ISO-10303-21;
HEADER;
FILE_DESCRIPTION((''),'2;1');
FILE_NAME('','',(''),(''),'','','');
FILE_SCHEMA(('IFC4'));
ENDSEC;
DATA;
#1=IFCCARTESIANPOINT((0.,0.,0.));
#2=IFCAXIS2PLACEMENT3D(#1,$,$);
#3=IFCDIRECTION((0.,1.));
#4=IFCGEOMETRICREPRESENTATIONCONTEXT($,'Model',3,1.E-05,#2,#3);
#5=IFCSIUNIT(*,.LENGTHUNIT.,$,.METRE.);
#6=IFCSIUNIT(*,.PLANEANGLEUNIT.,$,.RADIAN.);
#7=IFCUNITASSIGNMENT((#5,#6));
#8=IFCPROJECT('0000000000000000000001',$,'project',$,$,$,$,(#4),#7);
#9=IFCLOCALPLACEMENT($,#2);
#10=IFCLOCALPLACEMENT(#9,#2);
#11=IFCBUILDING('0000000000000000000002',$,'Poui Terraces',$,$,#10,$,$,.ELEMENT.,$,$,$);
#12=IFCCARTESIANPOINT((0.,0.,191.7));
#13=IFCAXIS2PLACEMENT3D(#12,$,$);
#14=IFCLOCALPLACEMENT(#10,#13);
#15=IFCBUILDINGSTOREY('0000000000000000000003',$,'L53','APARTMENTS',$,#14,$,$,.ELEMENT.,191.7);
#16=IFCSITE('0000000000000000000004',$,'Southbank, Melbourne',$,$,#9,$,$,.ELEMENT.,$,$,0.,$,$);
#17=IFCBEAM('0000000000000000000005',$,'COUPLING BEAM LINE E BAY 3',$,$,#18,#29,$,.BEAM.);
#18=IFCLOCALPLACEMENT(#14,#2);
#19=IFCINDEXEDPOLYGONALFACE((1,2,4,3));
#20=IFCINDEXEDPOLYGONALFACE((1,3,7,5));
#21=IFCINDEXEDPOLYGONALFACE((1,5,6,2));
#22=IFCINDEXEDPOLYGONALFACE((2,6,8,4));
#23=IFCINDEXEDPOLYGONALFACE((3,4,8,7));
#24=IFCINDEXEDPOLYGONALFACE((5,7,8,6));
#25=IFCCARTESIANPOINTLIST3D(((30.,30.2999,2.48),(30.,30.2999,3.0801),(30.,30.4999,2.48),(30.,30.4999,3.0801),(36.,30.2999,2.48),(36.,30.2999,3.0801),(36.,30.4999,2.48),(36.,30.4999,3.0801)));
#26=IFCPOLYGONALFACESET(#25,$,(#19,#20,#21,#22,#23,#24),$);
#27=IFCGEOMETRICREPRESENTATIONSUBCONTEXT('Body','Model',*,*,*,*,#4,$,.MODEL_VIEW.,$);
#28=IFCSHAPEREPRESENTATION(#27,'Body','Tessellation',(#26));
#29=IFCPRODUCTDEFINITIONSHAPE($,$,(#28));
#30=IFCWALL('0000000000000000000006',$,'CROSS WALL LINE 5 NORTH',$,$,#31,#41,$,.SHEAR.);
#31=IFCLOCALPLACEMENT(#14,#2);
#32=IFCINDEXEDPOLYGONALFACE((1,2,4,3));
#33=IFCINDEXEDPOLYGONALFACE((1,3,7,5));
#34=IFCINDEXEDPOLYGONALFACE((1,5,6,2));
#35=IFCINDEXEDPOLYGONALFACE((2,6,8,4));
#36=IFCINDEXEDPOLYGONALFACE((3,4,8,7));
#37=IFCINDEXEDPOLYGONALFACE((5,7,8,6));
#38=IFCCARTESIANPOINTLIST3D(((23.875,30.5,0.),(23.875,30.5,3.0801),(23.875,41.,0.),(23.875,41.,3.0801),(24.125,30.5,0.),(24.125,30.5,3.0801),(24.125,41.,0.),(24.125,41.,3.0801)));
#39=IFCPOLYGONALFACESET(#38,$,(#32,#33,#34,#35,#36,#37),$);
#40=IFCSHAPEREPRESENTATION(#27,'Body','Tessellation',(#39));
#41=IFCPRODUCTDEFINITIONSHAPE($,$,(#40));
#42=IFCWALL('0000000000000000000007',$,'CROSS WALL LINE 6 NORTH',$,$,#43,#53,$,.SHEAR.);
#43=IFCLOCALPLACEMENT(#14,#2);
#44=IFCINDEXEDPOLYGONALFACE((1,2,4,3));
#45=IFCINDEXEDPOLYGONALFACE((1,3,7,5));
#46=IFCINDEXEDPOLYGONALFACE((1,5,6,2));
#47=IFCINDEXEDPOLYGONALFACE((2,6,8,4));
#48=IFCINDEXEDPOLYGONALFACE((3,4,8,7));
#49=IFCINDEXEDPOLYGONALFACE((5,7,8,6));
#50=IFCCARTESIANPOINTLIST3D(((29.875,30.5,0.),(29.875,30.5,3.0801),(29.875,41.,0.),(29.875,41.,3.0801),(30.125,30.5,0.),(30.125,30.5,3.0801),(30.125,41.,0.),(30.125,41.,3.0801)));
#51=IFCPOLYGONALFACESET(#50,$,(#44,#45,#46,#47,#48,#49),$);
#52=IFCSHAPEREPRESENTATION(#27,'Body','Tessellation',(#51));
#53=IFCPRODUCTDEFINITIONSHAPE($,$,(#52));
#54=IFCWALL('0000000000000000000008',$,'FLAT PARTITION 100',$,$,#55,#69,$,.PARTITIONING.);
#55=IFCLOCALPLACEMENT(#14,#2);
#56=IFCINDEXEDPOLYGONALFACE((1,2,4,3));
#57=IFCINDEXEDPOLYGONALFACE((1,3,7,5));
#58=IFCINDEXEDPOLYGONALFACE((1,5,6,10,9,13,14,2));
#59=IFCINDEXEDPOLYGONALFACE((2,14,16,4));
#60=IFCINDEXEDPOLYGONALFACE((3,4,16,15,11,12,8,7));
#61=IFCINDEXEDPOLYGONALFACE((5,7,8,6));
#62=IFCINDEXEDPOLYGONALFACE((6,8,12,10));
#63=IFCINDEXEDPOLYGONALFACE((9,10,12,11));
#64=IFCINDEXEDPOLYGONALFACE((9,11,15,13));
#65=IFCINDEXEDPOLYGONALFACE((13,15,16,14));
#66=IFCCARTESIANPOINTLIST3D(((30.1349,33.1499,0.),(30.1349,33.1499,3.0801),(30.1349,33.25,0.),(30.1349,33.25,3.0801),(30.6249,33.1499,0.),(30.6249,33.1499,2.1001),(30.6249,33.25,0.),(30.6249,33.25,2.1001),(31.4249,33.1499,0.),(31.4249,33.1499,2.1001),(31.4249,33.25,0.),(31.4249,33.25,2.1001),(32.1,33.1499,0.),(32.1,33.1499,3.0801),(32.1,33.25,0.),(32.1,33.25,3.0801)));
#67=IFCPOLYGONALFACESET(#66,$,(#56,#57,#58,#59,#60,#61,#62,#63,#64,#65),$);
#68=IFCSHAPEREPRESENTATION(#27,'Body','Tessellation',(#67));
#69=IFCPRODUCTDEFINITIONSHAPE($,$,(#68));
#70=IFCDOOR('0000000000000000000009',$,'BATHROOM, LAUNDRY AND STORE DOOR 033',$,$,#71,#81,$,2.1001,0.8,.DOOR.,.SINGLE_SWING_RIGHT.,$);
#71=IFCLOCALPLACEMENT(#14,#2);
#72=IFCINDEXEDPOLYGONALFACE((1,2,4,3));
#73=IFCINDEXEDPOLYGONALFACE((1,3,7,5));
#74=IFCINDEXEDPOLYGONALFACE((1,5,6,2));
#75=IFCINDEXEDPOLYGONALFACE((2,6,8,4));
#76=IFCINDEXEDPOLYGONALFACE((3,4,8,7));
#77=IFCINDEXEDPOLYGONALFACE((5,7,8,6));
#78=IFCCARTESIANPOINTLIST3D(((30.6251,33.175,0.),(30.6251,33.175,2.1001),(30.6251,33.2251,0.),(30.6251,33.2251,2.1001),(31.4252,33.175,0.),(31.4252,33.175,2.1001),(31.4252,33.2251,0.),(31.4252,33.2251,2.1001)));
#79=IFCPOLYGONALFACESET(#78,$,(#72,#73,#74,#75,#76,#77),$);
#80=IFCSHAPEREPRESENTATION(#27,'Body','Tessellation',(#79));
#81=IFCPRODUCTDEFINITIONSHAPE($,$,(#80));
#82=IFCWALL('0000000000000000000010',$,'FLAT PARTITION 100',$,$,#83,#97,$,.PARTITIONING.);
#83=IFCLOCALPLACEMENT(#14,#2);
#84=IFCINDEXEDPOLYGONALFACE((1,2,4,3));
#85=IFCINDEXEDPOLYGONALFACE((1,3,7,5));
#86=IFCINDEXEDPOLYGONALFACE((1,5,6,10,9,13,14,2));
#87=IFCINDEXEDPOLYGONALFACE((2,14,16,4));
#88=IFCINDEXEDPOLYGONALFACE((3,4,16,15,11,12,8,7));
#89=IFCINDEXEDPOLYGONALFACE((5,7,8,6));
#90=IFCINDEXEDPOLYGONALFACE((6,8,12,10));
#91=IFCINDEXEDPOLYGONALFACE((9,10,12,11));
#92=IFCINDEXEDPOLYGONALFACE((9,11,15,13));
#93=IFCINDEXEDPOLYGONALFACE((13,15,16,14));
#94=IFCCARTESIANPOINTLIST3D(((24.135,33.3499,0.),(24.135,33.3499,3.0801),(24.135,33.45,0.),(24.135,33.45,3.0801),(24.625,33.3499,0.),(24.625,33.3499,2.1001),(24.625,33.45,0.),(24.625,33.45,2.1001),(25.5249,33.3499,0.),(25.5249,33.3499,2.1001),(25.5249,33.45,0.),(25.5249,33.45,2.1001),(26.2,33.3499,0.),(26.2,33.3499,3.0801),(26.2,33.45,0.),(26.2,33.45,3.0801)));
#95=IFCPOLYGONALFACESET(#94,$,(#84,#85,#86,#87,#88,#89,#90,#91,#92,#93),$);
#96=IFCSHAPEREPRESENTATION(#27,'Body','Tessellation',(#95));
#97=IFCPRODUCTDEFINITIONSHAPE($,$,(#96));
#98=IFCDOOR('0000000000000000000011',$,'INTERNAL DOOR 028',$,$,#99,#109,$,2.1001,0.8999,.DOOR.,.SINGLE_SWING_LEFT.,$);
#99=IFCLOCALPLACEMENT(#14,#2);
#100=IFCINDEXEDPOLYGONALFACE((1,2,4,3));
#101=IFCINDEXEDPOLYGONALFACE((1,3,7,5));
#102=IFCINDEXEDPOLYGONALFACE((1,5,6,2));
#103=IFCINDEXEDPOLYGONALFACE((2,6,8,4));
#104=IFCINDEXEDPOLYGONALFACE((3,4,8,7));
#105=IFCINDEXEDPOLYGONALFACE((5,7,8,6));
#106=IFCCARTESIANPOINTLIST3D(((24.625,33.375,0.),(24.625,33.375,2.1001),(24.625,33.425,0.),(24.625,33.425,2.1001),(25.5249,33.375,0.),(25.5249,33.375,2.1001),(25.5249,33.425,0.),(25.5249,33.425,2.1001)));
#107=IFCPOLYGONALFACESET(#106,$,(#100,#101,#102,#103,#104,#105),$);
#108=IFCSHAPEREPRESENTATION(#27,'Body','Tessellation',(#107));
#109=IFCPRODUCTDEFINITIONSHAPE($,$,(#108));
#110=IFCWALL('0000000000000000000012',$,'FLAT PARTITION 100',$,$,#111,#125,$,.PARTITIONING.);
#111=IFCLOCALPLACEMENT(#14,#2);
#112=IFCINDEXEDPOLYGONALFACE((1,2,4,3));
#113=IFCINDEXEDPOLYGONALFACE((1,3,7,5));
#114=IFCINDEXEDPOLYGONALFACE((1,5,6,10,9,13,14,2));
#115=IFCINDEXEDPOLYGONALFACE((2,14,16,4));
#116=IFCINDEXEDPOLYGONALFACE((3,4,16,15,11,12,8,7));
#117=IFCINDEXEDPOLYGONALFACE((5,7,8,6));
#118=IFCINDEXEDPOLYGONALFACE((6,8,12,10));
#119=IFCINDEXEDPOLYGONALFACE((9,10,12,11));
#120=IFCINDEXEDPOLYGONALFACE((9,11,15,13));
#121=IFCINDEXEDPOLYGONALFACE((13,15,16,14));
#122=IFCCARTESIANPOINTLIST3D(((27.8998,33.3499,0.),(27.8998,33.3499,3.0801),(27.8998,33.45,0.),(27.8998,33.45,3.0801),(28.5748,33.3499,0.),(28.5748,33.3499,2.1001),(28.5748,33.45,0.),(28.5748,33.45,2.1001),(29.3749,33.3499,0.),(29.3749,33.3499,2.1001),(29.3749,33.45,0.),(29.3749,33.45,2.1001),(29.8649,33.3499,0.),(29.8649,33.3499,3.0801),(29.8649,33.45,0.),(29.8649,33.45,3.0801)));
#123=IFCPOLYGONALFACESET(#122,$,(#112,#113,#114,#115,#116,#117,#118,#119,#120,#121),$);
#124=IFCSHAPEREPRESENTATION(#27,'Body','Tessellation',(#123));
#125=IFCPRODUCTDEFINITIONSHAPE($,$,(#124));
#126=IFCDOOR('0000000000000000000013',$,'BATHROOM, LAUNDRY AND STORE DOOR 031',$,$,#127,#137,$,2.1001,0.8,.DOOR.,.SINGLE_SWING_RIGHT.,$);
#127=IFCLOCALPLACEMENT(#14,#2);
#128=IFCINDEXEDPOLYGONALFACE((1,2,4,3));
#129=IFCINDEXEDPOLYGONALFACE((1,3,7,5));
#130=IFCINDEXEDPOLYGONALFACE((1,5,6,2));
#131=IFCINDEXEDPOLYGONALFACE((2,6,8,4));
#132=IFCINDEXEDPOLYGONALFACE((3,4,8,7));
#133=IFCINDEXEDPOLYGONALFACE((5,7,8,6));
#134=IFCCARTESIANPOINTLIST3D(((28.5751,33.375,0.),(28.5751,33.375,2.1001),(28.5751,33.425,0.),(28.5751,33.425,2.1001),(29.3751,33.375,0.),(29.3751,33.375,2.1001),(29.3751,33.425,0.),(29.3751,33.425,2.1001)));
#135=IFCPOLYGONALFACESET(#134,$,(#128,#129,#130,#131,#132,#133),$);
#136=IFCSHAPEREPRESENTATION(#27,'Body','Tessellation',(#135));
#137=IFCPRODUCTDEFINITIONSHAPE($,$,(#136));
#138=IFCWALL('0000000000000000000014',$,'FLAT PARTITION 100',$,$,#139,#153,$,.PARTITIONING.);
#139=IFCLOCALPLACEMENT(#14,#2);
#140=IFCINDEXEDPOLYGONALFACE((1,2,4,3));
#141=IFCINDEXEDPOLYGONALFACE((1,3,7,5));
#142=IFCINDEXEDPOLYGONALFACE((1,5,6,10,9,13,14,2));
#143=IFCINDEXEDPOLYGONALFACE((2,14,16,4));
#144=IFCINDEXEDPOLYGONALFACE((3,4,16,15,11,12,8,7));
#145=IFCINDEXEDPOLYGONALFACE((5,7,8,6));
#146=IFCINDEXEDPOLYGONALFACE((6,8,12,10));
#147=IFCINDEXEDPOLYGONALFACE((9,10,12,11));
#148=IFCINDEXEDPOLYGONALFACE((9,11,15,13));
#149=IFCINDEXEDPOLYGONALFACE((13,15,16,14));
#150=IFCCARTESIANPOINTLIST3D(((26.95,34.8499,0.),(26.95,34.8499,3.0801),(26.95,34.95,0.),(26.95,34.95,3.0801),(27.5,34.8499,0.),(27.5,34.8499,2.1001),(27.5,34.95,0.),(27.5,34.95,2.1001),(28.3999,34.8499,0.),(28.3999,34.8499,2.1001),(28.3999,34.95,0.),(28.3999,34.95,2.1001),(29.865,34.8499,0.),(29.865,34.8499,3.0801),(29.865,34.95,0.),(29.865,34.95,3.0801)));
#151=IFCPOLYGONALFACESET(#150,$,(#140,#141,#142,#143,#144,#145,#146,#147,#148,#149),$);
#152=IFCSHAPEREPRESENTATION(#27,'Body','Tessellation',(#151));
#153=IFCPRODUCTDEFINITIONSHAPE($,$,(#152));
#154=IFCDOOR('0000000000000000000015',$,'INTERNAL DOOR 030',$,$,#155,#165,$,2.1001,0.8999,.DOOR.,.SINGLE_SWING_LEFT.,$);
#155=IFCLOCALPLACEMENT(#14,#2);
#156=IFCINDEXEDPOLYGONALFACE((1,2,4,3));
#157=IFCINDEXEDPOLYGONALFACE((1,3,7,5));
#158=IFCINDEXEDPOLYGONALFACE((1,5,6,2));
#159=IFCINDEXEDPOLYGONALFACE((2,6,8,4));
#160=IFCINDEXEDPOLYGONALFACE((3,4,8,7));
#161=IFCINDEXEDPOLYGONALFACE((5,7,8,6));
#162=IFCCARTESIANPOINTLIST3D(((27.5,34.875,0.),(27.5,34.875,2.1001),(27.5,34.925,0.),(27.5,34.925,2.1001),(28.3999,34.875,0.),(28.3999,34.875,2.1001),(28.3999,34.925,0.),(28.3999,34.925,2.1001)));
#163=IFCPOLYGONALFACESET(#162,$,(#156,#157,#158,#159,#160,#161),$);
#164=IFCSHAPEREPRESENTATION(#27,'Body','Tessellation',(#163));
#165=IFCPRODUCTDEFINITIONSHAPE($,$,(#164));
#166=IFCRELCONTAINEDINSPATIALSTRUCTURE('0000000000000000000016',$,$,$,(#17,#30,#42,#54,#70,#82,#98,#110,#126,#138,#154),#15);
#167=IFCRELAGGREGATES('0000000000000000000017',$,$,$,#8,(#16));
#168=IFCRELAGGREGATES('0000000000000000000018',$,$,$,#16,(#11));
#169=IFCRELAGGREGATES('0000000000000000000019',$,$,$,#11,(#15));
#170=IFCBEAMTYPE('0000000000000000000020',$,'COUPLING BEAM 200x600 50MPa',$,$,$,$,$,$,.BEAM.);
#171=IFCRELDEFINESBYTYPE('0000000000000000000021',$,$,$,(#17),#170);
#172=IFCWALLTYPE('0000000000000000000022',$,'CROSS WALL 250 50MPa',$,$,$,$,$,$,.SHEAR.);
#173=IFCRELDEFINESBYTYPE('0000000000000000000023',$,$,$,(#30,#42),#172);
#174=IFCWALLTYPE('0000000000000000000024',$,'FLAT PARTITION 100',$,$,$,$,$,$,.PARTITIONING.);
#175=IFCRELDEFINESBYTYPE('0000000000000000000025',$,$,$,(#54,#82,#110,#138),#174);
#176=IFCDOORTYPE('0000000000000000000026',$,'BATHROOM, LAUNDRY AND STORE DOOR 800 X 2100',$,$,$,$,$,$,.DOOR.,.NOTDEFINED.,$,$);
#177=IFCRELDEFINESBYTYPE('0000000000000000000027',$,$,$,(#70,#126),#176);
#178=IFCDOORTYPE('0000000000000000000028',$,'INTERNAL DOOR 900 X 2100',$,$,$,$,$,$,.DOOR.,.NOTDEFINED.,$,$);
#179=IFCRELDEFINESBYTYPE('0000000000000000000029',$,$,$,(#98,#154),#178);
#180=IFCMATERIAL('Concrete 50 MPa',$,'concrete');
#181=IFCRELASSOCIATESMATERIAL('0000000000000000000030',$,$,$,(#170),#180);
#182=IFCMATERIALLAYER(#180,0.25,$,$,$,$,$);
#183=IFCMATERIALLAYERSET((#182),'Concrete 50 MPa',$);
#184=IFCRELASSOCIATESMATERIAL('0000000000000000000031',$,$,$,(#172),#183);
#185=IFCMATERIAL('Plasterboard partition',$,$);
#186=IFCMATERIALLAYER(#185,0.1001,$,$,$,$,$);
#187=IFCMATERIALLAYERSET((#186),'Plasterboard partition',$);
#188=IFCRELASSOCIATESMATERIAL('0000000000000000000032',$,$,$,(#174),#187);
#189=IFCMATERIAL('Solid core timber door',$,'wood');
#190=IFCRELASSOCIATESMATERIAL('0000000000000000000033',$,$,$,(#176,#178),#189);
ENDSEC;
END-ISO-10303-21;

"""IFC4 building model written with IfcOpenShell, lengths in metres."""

from ifc_helpers import new_model, si_unit, direction, frame, frame_2d, origin, origin_2d, place, context, subcontext, project, spatial, rectangle, extrude, source, transform, mapped, material, layer, layer_set, material_profile, profile_set, type_object, element, fill, save


model = new_model("IFC4")

# Units and contexts
model_context = context("Model", 3, precision=1e-05, world=origin(), true_north=direction((0.0, 1.0)))
body_context = subcontext(model_context, "Body", "Model", "MODEL_VIEW")
ifc_project = project(units=[si_unit("LENGTHUNIT", "METRE"), si_unit("PLANEANGLEUNIT", "RADIAN")], contexts=[model_context])

# Site, building, storey
site_placement = place(None, origin())
site = spatial("IfcSite", under=ifc_project, at=site_placement, Name="Southbank, Melbourne", CompositionType="ELEMENT", RefElevation=0.0)
building_placement = place(site_placement, origin())
building = spatial("IfcBuilding", under=site, at=building_placement, Name="Poui Terraces", CompositionType="ELEMENT")
storey_placement = place(building_placement, frame((0.0, 0.0, 191.7)))
storey = spatial("IfcBuildingStorey", under=building, at=storey_placement, Name="L53", Description="APARTMENTS", CompositionType="ELEMENT", Elevation=191.7)

# Beam
ifc_material_1 = material(Name="Concrete 50 MPa", Category="concrete")
ifc_material_profile_1 = material_profile(ifc_material_1, rectangle(XDim=0.2, YDim=0.6001, at=origin_2d()), Name="RC 200x600")
ifc_profile_set_1 = profile_set([ifc_material_profile_1], Name="Concrete 50 MPa")
beam_type = type_object("IfcBeamType", Name="COUPLING BEAM 200x600 50MPa", PredefinedType="BEAM", material=ifc_profile_set_1)
shared_shape_1 = source(origin(), body_context, "Body", "SweptSolid", [
    extrude(rectangle(XDim=0.2, YDim=0.6001, at=origin_2d()), origin(), (0.0, 0.0, 1.0), 6.0),
])
beam_placement = place(storey_placement, frame((30.0, 30.3999, 2.78), z_axis=(1.0, 0.0, 0.0), x_axis=(0.0, 1.0, 0.0)))
element("IfcBeam", 1, at=beam_placement, inside=storey, type_object=beam_type, Name="COUPLING BEAM LINE E BAY 3", PredefinedType="BEAM", context=body_context, shape_type="MappedRepresentation", body=[
    mapped(shared_shape_1, transform((0.0, 0.0, 0.0))),
])

# Walls
ifc_layer_1 = layer(ifc_material_1, 0.25)
ifc_layer_set_1 = layer_set([ifc_layer_1], Name="Concrete 50 MPa")
wall_type_1 = type_object("IfcWallType", Name="CROSS WALL 250 50MPa", PredefinedType="SHEAR", material=ifc_layer_set_1)
for number, where, z_axis, x_axis, name in (
    (2, (24.0, 30.5, 0.0), (0.0, 0.0, 1.0), (0.0, 1.0, 0.0), "CROSS WALL LINE 5 NORTH"),
    (3, (30.0, 30.5, 0.0), (0.0, 0.0, 1.0), (0.0, 1.0, 0.0), "CROSS WALL LINE 6 NORTH"),
):
    element("IfcWall", number, at=place(storey_placement, frame(where, z_axis=z_axis, x_axis=x_axis)), inside=storey, type_object=wall_type_1, Name=name, PredefinedType="SHEAR", context=body_context, shape_type="SweptSolid", body=[
        extrude(rectangle(XDim=10.5, YDim=0.25, at=frame_2d((5.25, 0.0))), origin(), (0.0, 0.0, 1.0), 3.0801),
    ])

# Walls, openings, doors
ifc_material_2 = material(Name="Plasterboard partition")
ifc_layer_2 = layer(ifc_material_2, 0.1001)
ifc_layer_set_2 = layer_set([ifc_layer_2], Name="Plasterboard partition")
wall_type_2 = type_object("IfcWallType", Name="FLAT PARTITION 100", PredefinedType="PARTITIONING", material=ifc_layer_set_2)
wall_1_placement = place(storey_placement, frame((30.135, 33.2, 0.0), z_axis=(0.0, 0.0, 1.0), x_axis=(1.0, 0.0, 0.0)))
wall_1 = element("IfcWall", 4, at=wall_1_placement, inside=storey, type_object=wall_type_2, Name="FLAT PARTITION 100", PredefinedType="PARTITIONING", context=body_context, shape_type="SweptSolid", body=[
    extrude(rectangle(XDim=1.9651, YDim=0.1001, at=frame_2d((0.9824, 0.0))), origin(), (0.0, 0.0, 1.0), 3.0801),
])
opening_1_placement = place(wall_1_placement, frame((0.49, 0.0, 0.0)))
opening_1 = element("IfcOpeningElement", 5, at=opening_1_placement, cuts=wall_1, PredefinedType="OPENING", context=body_context, shape_type="SweptSolid", body=[
    extrude(rectangle(XDim=0.8, YDim=2.1001, at=frame_2d((0.3999, 1.05))), frame((0.0, 0.0601, 0.0), z_axis=(0.0, -1.0, 0.0), x_axis=(1.0, 0.0, 0.0)), (0.0, 0.0, 1.0), 0.1201),
])
ifc_material_3 = material(Name="Solid core timber door", Category="wood")
door_type_1 = type_object("IfcDoorType", Name="BATHROOM, LAUNDRY AND STORE DOOR 800 X 2100", OperationType="NOTDEFINED", PredefinedType="DOOR", material=ifc_material_3)
door_1_placement = place(opening_1_placement, frame((0.8, 0.0, 0.0), z_axis=(0.0, 0.0, 1.0), x_axis=(-1.0, 0.0, 0.0)))
door_1 = element("IfcDoor", 6, at=door_1_placement, inside=storey, type_object=door_type_1, Name="BATHROOM, LAUNDRY AND STORE DOOR 033", OperationType="SINGLE_SWING_RIGHT", OverallHeight=2.1001, OverallWidth=0.8, PredefinedType="DOOR", context=body_context, shape_type="SweptSolid", body=[
    extrude(rectangle(XDim=0.8, YDim=2.1001, at=frame_2d((0.3999, 1.05))), frame((0.0, 0.0249, 0.0), z_axis=(0.0, -1.0, 0.0), x_axis=(1.0, 0.0, 0.0)), (0.0, 0.0, 1.0), 0.05),
])
fill(opening_1, door_1)
wall_2_placement = place(storey_placement, frame((24.135, 33.3999, 0.0), z_axis=(0.0, 0.0, 1.0), x_axis=(1.0, 0.0, 0.0)))
wall_2 = element("IfcWall", 7, at=wall_2_placement, inside=storey, type_object=wall_type_2, Name="FLAT PARTITION 100", PredefinedType="PARTITIONING", context=body_context, shape_type="SweptSolid", body=[
    extrude(rectangle(XDim=2.0649, YDim=0.1001, at=frame_2d((1.0325, 0.0))), origin(), (0.0, 0.0, 1.0), 3.0801),
])
opening_2_placement = place(wall_2_placement, frame((0.49, 0.0, 0.0)))
opening_2 = element("IfcOpeningElement", 8, at=opening_2_placement, cuts=wall_2, PredefinedType="OPENING", context=body_context, shape_type="SweptSolid", body=[
    extrude(rectangle(XDim=0.8999, YDim=2.1001, at=frame_2d((0.45, 1.05))), frame((0.0, 0.0601, 0.0), z_axis=(0.0, -1.0, 0.0), x_axis=(1.0, 0.0, 0.0)), (0.0, 0.0, 1.0), 0.1201),
])
door_type_2 = type_object("IfcDoorType", Name="INTERNAL DOOR 900 X 2100", OperationType="NOTDEFINED", PredefinedType="DOOR", material=ifc_material_3)
door_2_placement = place(opening_2_placement, frame((0.8999, 0.0, 0.0), z_axis=(0.0, 0.0, 1.0), x_axis=(-1.0, 0.0, 0.0)))
door_2 = element("IfcDoor", 9, at=door_2_placement, inside=storey, type_object=door_type_2, Name="INTERNAL DOOR 028", OperationType="SINGLE_SWING_LEFT", OverallHeight=2.1001, OverallWidth=0.8999, PredefinedType="DOOR", context=body_context, shape_type="SweptSolid", body=[
    extrude(rectangle(XDim=0.8999, YDim=2.1001, at=frame_2d((0.45, 1.05))), frame((0.0, 0.0249, 0.0), z_axis=(0.0, -1.0, 0.0), x_axis=(1.0, 0.0, 0.0)), (0.0, 0.0, 1.0), 0.05),
])
fill(opening_2, door_2)
wall_3_placement = place(storey_placement, frame((27.8999, 33.3999, 0.0), z_axis=(0.0, 0.0, 1.0), x_axis=(1.0, 0.0, 0.0)))
wall_3 = element("IfcWall", 10, at=wall_3_placement, inside=storey, type_object=wall_type_2, Name="FLAT PARTITION 100", PredefinedType="PARTITIONING", context=body_context, shape_type="SweptSolid", body=[
    extrude(rectangle(XDim=1.9651, YDim=0.1001, at=frame_2d((0.9824, 0.0))), origin(), (0.0, 0.0, 1.0), 3.0801),
])
opening_3_placement = place(wall_3_placement, frame((0.675, 0.0, 0.0)))
opening_3 = element("IfcOpeningElement", 11, at=opening_3_placement, cuts=wall_3, PredefinedType="OPENING", context=body_context, shape_type="SweptSolid", body=[
    extrude(rectangle(XDim=0.8, YDim=2.1001, at=frame_2d((0.3999, 1.05))), frame((0.0, 0.0601, 0.0), z_axis=(0.0, -1.0, 0.0), x_axis=(1.0, 0.0, 0.0)), (0.0, 0.0, 1.0), 0.1201),
])
door_3_placement = place(opening_3_placement, frame((0.8, 0.0, 0.0), z_axis=(0.0, 0.0, 1.0), x_axis=(-1.0, 0.0, 0.0)))
door_3 = element("IfcDoor", 12, at=door_3_placement, inside=storey, type_object=door_type_1, Name="BATHROOM, LAUNDRY AND STORE DOOR 031", OperationType="SINGLE_SWING_RIGHT", OverallHeight=2.1001, OverallWidth=0.8, PredefinedType="DOOR", context=body_context, shape_type="SweptSolid", body=[
    extrude(rectangle(XDim=0.8, YDim=2.1001, at=frame_2d((0.3999, 1.05))), frame((0.0, 0.0249, 0.0), z_axis=(0.0, -1.0, 0.0), x_axis=(1.0, 0.0, 0.0)), (0.0, 0.0, 1.0), 0.05),
])
fill(opening_3, door_3)
wall_4_placement = place(storey_placement, frame((26.95, 34.8999, 0.0), z_axis=(0.0, 0.0, 1.0), x_axis=(1.0, 0.0, 0.0)))
wall_4 = element("IfcWall", 13, at=wall_4_placement, inside=storey, type_object=wall_type_2, Name="FLAT PARTITION 100", PredefinedType="PARTITIONING", context=body_context, shape_type="SweptSolid", body=[
    extrude(rectangle(XDim=2.915, YDim=0.1001, at=frame_2d((1.4575, 0.0))), origin(), (0.0, 0.0, 1.0), 3.0801),
])
opening_4_placement = place(wall_4_placement, frame((0.55, 0.0, 0.0)))
opening_4 = element("IfcOpeningElement", 14, at=opening_4_placement, cuts=wall_4, PredefinedType="OPENING", context=body_context, shape_type="SweptSolid", body=[
    extrude(rectangle(XDim=0.8999, YDim=2.1001, at=frame_2d((0.45, 1.05))), frame((0.0, 0.0601, 0.0), z_axis=(0.0, -1.0, 0.0), x_axis=(1.0, 0.0, 0.0)), (0.0, 0.0, 1.0), 0.1201),
])
door_4_placement = place(opening_4_placement, frame((0.8999, 0.0, 0.0), z_axis=(0.0, 0.0, 1.0), x_axis=(-1.0, 0.0, 0.0)))
door_4 = element("IfcDoor", 15, at=door_4_placement, inside=storey, type_object=door_type_2, Name="INTERNAL DOOR 030", OperationType="SINGLE_SWING_LEFT", OverallHeight=2.1001, OverallWidth=0.8999, PredefinedType="DOOR", context=body_context, shape_type="SweptSolid", body=[
    extrude(rectangle(XDim=0.8999, YDim=2.1001, at=frame_2d((0.45, 1.05))), frame((0.0, 0.0249, 0.0), z_axis=(0.0, -1.0, 0.0), x_axis=(1.0, 0.0, 0.0)), (0.0, 0.0, 1.0), 0.05),
])
fill(opening_4, door_4)

save(model, "model.ifc")
